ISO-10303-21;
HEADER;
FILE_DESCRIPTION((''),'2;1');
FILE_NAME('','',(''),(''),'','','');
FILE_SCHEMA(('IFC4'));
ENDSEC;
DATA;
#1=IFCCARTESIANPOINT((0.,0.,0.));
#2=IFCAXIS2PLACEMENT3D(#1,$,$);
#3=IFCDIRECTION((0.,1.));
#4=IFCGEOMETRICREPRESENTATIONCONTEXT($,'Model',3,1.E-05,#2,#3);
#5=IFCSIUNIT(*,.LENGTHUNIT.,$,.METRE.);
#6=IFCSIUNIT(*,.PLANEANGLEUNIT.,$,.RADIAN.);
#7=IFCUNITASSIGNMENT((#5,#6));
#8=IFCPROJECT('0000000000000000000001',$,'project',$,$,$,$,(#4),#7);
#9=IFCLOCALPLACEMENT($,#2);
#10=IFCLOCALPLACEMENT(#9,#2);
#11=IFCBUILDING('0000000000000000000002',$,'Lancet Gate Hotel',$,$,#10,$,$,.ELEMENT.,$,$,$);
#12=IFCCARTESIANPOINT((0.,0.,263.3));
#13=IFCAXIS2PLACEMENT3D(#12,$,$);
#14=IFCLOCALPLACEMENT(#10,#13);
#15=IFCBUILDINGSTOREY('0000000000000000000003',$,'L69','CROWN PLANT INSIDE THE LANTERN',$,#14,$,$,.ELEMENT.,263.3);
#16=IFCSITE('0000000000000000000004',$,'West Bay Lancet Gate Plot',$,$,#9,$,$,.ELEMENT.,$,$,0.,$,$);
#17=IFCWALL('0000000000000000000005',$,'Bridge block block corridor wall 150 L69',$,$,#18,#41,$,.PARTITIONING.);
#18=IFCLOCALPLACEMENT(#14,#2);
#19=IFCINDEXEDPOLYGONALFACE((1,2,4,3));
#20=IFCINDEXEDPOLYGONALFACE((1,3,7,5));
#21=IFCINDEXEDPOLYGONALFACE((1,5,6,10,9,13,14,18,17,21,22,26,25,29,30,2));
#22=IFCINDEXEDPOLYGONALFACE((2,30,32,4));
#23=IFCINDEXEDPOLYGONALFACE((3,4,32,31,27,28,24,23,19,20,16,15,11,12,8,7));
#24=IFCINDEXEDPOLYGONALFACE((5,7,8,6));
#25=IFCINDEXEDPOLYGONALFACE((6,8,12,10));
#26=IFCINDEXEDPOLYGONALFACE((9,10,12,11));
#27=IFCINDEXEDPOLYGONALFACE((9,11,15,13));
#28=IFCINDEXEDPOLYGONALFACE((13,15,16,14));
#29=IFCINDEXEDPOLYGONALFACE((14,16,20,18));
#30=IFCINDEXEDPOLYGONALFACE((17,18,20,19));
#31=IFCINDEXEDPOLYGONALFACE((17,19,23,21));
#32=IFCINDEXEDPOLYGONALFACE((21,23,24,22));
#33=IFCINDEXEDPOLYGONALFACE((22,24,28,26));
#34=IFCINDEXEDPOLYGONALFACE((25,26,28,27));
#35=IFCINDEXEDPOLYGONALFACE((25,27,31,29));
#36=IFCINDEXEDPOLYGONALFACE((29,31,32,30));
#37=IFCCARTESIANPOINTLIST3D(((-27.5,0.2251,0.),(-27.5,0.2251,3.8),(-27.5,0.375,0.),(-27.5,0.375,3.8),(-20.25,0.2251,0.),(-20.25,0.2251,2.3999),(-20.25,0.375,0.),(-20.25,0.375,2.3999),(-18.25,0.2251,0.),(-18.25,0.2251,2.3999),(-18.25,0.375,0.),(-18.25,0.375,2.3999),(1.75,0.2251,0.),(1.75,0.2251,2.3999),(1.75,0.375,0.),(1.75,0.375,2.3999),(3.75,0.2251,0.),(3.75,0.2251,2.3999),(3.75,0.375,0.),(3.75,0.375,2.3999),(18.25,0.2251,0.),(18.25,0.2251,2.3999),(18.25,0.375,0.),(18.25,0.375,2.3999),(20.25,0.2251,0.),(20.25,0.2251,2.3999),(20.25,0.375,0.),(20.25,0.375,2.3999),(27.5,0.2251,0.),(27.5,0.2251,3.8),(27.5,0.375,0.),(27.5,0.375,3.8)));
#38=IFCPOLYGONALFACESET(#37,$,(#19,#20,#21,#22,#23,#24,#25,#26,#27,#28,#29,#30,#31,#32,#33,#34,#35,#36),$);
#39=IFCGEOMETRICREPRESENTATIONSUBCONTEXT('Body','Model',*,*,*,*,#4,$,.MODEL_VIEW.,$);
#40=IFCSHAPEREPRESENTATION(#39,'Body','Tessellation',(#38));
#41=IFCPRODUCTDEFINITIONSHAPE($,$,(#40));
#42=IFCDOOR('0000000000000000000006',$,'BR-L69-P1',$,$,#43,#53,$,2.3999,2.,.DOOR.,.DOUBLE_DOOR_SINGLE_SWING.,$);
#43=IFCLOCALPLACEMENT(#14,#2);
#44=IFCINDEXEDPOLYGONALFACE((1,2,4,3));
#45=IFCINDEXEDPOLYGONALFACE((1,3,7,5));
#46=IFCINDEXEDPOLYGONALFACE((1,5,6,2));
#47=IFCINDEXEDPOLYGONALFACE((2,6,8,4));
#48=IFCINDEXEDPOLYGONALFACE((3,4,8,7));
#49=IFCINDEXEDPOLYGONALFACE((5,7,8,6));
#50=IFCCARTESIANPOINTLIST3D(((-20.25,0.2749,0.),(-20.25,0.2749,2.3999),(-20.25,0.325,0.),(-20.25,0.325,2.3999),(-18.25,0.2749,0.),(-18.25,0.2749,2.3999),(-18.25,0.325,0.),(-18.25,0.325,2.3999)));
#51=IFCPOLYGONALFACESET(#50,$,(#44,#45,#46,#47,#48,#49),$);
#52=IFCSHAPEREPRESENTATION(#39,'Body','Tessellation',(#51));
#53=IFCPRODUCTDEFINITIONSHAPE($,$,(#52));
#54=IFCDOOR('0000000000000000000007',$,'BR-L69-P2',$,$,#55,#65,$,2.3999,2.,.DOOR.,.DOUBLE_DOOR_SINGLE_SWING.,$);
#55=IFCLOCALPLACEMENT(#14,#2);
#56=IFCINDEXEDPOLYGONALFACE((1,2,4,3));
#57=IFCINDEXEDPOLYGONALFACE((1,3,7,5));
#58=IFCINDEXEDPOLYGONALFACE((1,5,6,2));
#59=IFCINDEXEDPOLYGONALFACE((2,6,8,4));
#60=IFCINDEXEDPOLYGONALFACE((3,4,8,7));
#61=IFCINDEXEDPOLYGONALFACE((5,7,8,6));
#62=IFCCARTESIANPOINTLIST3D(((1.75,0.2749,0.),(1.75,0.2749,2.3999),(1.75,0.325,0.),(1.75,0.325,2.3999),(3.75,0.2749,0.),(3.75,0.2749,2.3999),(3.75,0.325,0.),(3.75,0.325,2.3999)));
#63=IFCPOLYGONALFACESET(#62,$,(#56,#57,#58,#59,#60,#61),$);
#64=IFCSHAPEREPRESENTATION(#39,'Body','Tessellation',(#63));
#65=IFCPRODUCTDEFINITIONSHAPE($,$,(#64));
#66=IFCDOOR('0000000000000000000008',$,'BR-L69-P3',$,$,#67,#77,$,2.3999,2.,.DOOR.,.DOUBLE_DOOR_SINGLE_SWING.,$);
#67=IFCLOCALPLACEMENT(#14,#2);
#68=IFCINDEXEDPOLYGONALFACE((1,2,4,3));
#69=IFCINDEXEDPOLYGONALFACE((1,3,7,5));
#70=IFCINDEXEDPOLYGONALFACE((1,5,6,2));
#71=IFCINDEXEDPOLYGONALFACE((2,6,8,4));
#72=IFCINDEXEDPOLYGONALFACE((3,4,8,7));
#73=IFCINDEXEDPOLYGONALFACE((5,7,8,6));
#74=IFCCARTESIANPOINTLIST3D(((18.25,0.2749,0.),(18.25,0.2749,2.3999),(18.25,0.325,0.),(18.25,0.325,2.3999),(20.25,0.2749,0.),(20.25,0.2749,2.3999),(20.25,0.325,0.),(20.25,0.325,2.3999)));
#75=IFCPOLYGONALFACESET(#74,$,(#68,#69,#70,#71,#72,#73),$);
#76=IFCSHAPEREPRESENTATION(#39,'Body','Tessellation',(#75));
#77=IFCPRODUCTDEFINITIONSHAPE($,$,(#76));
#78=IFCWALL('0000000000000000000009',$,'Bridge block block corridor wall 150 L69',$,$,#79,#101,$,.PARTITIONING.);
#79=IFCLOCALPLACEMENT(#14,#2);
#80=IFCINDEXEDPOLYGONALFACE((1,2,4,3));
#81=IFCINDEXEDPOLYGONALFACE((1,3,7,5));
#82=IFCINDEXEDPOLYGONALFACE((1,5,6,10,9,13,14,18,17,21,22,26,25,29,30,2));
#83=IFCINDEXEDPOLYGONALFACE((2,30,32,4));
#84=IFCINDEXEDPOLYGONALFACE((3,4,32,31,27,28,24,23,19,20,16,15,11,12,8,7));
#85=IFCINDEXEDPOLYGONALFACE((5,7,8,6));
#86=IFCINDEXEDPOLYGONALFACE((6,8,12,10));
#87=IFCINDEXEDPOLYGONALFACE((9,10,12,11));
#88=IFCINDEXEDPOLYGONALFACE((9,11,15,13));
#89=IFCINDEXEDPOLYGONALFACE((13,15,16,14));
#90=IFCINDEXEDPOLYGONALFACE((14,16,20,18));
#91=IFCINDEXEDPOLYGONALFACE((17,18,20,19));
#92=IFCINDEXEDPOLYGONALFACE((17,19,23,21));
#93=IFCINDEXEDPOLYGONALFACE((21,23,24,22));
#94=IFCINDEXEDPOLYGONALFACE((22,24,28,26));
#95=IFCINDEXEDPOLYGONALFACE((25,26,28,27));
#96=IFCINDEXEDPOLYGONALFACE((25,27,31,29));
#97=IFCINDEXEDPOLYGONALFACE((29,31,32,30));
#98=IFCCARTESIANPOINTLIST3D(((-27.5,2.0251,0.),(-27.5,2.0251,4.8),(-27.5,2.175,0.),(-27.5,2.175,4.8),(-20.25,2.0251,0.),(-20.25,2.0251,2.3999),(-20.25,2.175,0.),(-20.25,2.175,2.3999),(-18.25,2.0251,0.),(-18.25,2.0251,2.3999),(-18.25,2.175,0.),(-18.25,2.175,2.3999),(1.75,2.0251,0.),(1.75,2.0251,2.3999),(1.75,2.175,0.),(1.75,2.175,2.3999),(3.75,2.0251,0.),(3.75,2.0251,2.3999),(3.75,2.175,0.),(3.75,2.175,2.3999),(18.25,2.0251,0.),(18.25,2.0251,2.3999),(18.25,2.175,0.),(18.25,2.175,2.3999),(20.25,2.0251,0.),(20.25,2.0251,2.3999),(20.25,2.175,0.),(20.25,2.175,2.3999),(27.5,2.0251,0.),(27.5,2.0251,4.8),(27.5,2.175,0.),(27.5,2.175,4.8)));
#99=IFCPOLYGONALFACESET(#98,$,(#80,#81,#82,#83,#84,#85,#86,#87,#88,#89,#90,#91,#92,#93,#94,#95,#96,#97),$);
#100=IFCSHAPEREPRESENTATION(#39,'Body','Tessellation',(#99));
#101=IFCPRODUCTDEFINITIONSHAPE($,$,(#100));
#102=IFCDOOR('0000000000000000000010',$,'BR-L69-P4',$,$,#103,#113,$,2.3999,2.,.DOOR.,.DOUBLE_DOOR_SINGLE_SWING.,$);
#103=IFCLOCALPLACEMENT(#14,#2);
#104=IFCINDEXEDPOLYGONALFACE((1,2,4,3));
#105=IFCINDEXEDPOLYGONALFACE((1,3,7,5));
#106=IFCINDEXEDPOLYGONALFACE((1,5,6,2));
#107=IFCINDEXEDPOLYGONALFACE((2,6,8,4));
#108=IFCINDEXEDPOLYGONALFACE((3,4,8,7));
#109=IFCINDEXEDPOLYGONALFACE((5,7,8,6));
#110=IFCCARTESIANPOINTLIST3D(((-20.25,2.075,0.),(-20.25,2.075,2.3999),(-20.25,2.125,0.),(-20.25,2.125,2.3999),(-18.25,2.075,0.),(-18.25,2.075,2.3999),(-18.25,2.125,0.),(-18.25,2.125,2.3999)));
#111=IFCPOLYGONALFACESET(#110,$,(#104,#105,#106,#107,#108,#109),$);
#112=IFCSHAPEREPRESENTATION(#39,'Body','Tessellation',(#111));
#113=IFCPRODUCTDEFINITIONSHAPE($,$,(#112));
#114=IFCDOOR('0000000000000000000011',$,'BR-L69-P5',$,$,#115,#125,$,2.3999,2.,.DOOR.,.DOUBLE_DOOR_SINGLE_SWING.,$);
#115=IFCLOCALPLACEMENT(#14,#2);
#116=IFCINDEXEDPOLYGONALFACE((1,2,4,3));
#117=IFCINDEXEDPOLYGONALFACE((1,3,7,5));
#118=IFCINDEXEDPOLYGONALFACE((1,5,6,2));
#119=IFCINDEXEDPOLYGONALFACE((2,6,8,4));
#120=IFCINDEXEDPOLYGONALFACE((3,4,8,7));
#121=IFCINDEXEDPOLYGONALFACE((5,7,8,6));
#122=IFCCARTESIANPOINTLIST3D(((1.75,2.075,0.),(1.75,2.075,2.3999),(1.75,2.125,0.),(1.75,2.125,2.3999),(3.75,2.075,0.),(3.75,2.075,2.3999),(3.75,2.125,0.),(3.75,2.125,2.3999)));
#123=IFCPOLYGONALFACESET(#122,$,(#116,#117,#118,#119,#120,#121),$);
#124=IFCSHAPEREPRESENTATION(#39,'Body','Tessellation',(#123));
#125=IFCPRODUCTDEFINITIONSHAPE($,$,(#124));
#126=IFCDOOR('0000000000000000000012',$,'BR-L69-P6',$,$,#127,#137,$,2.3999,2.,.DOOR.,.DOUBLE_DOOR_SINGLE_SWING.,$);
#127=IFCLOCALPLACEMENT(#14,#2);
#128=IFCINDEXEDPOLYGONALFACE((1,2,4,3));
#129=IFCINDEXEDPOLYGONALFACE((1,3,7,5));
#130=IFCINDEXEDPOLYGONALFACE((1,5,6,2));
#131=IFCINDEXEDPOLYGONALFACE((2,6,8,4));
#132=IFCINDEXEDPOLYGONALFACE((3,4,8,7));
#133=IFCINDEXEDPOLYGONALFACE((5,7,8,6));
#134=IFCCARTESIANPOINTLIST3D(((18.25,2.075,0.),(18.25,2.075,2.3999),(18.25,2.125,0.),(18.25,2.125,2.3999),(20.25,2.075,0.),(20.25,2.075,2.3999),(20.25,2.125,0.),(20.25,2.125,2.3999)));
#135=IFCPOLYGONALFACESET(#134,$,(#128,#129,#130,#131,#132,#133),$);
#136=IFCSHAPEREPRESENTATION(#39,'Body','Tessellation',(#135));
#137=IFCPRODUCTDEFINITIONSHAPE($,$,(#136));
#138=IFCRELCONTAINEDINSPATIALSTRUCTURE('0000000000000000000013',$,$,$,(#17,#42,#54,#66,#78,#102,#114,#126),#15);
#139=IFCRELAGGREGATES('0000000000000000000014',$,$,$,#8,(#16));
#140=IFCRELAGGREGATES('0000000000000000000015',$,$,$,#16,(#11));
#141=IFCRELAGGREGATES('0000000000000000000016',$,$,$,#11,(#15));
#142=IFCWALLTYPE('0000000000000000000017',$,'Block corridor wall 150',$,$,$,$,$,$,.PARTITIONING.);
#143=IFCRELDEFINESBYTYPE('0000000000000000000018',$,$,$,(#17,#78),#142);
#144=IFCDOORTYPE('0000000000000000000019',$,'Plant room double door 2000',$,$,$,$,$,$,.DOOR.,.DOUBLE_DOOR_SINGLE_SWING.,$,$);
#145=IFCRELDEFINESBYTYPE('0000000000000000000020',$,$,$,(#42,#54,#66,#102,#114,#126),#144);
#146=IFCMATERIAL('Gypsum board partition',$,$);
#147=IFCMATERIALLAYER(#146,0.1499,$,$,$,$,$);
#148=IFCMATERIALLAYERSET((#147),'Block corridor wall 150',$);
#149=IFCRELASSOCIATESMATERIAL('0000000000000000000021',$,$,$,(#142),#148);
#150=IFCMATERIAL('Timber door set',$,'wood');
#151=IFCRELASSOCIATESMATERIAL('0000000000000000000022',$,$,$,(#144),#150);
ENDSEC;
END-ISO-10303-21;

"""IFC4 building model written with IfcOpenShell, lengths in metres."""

from ifc_helpers import new_model, si_unit, direction, frame, frame_2d, origin, place, context, subcontext, project, spatial, rectangle, extrude, material, layer, layer_set, type_object, element, fill, save


model = new_model("IFC4")

# Units and contexts
model_context = context("Model", 3, precision=1e-05, world=origin(), true_north=direction((0.0, 1.0)))
body_context = subcontext(model_context, "Body", "Model", "MODEL_VIEW")
ifc_project = project(units=[si_unit("LENGTHUNIT", "METRE"), si_unit("PLANEANGLEUNIT", "RADIAN")], contexts=[model_context])

# Site, building, storey
site_placement = place(None, origin())
site = spatial("IfcSite", under=ifc_project, at=site_placement, Name="West Bay Lancet Gate Plot", CompositionType="ELEMENT", RefElevation=0.0)
building_placement = place(site_placement, origin())
building = spatial("IfcBuilding", under=site, at=building_placement, Name="Lancet Gate Hotel", CompositionType="ELEMENT")
storey_placement = place(building_placement, frame((0.0, 0.0, 263.3)))
storey = spatial("IfcBuildingStorey", under=building, at=storey_placement, Name="L69", Description="CROWN PLANT INSIDE THE LANTERN", CompositionType="ELEMENT", Elevation=263.3)

# Walls, openings, doors
ifc_material_1 = material(Name="Gypsum board partition")
ifc_layer_1 = layer(ifc_material_1, 0.1499)
ifc_layer_set_1 = layer_set([ifc_layer_1], Name="Block corridor wall 150")
wall_type_1 = type_object("IfcWallType", Name="Block corridor wall 150", PredefinedType="PARTITIONING", material=ifc_layer_set_1)
wall_1_placement = place(storey_placement, frame((-27.5, 0.3, 0.0), z_axis=(0.0, 0.0, 1.0), x_axis=(1.0, 0.0, 0.0)))
wall_1 = element("IfcWall", 1, at=wall_1_placement, inside=storey, type_object=wall_type_1, Name="Bridge block block corridor wall 150 L69", PredefinedType="PARTITIONING", context=body_context, shape_type="SweptSolid", body=[
    extrude(rectangle(XDim=55.0, YDim=0.1499, at=frame_2d((27.5, 0.0))), origin(), (0.0, 0.0, 1.0), 3.8),
])
opening_1_placement = place(wall_1_placement, frame((7.25, 0.0, 0.0)))
opening_1 = element("IfcOpeningElement", 2, at=opening_1_placement, cuts=wall_1, PredefinedType="OPENING", context=body_context, shape_type="SweptSolid", body=[
    extrude(rectangle(XDim=2.0, YDim=2.3999, at=frame_2d((1.0, 1.2))), frame((0.0, 0.085, 0.0), z_axis=(0.0, -1.0, 0.0), x_axis=(1.0, 0.0, 0.0)), (0.0, 0.0, 1.0), 0.1699),
])
opening_2_placement = place(wall_1_placement, frame((29.25, 0.0, 0.0)))
opening_2 = element("IfcOpeningElement", 3, at=opening_2_placement, cuts=wall_1, PredefinedType="OPENING", context=body_context, shape_type="SweptSolid", body=[
    extrude(rectangle(XDim=2.0, YDim=2.3999, at=frame_2d((1.0, 1.2))), frame((0.0, 0.085, 0.0), z_axis=(0.0, -1.0, 0.0), x_axis=(1.0, 0.0, 0.0)), (0.0, 0.0, 1.0), 0.1699),
])
opening_3_placement = place(wall_1_placement, frame((45.75, 0.0, 0.0)))
opening_3 = element("IfcOpeningElement", 4, at=opening_3_placement, cuts=wall_1, PredefinedType="OPENING", context=body_context, shape_type="SweptSolid", body=[
    extrude(rectangle(XDim=2.0, YDim=2.3999, at=frame_2d((1.0, 1.2))), frame((0.0, 0.085, 0.0), z_axis=(0.0, -1.0, 0.0), x_axis=(1.0, 0.0, 0.0)), (0.0, 0.0, 1.0), 0.1699),
])
ifc_material_2 = material(Name="Timber door set", Category="wood")
door_type_1 = type_object("IfcDoorType", Name="Plant room double door 2000", OperationType="DOUBLE_DOOR_SINGLE_SWING", PredefinedType="DOOR", material=ifc_material_2)
door_1_placement = place(opening_1_placement, origin())
door_1 = element("IfcDoor", 5, at=door_1_placement, inside=storey, type_object=door_type_1, Name="BR-L69-P1", OperationType="DOUBLE_DOOR_SINGLE_SWING", OverallHeight=2.3999, OverallWidth=2.0, PredefinedType="DOOR", context=body_context, shape_type="SweptSolid", body=[
    extrude(rectangle(XDim=2.0, YDim=2.3999, at=frame_2d((1.0, 1.2))), frame((0.0, 0.0249, 0.0), z_axis=(0.0, -1.0, 0.0), x_axis=(1.0, 0.0, 0.0)), (0.0, 0.0, 1.0), 0.05),
])
fill(opening_1, door_1)
door_2_placement = place(opening_2_placement, origin())
door_2 = element("IfcDoor", 6, at=door_2_placement, inside=storey, type_object=door_type_1, Name="BR-L69-P2", OperationType="DOUBLE_DOOR_SINGLE_SWING", OverallHeight=2.3999, OverallWidth=2.0, PredefinedType="DOOR", context=body_context, shape_type="SweptSolid", body=[
    extrude(rectangle(XDim=2.0, YDim=2.3999, at=frame_2d((1.0, 1.2))), frame((0.0, 0.0249, 0.0), z_axis=(0.0, -1.0, 0.0), x_axis=(1.0, 0.0, 0.0)), (0.0, 0.0, 1.0), 0.05),
])
fill(opening_2, door_2)
door_3_placement = place(opening_3_placement, origin())
door_3 = element("IfcDoor", 7, at=door_3_placement, inside=storey, type_object=door_type_1, Name="BR-L69-P3", OperationType="DOUBLE_DOOR_SINGLE_SWING", OverallHeight=2.3999, OverallWidth=2.0, PredefinedType="DOOR", context=body_context, shape_type="SweptSolid", body=[
    extrude(rectangle(XDim=2.0, YDim=2.3999, at=frame_2d((1.0, 1.2))), frame((0.0, 0.0249, 0.0), z_axis=(0.0, -1.0, 0.0), x_axis=(1.0, 0.0, 0.0)), (0.0, 0.0, 1.0), 0.05),
])
fill(opening_3, door_3)
wall_2_placement = place(storey_placement, frame((-27.5, 2.1001, 0.0), z_axis=(0.0, 0.0, 1.0), x_axis=(1.0, 0.0, 0.0)))
wall_2 = element("IfcWall", 8, at=wall_2_placement, inside=storey, type_object=wall_type_1, Name="Bridge block block corridor wall 150 L69", PredefinedType="PARTITIONING", context=body_context, shape_type="SweptSolid", body=[
    extrude(rectangle(XDim=55.0, YDim=0.1499, at=frame_2d((27.5, 0.0))), origin(), (0.0, 0.0, 1.0), 4.8),
])
opening_4_placement = place(wall_2_placement, frame((7.25, 0.0, 0.0)))
opening_4 = element("IfcOpeningElement", 9, at=opening_4_placement, cuts=wall_2, PredefinedType="OPENING", context=body_context, shape_type="SweptSolid", body=[
    extrude(rectangle(XDim=2.0, YDim=2.3999, at=frame_2d((1.0, 1.2))), frame((0.0, 0.085, 0.0), z_axis=(0.0, -1.0, 0.0), x_axis=(1.0, 0.0, 0.0)), (0.0, 0.0, 1.0), 0.1699),
])
opening_5_placement = place(wall_2_placement, frame((29.25, 0.0, 0.0)))
opening_5 = element("IfcOpeningElement", 10, at=opening_5_placement, cuts=wall_2, PredefinedType="OPENING", context=body_context, shape_type="SweptSolid", body=[
    extrude(rectangle(XDim=2.0, YDim=2.3999, at=frame_2d((1.0, 1.2))), frame((0.0, 0.085, 0.0), z_axis=(0.0, -1.0, 0.0), x_axis=(1.0, 0.0, 0.0)), (0.0, 0.0, 1.0), 0.1699),
])
opening_6_placement = place(wall_2_placement, frame((45.75, 0.0, 0.0)))
opening_6 = element("IfcOpeningElement", 11, at=opening_6_placement, cuts=wall_2, PredefinedType="OPENING", context=body_context, shape_type="SweptSolid", body=[
    extrude(rectangle(XDim=2.0, YDim=2.3999, at=frame_2d((1.0, 1.2))), frame((0.0, 0.085, 0.0), z_axis=(0.0, -1.0, 0.0), x_axis=(1.0, 0.0, 0.0)), (0.0, 0.0, 1.0), 0.1699),
])
door_4_placement = place(opening_4_placement, origin())
door_4 = element("IfcDoor", 12, at=door_4_placement, inside=storey, type_object=door_type_1, Name="BR-L69-P4", OperationType="DOUBLE_DOOR_SINGLE_SWING", OverallHeight=2.3999, OverallWidth=2.0, PredefinedType="DOOR", context=body_context, shape_type="SweptSolid", body=[
    extrude(rectangle(XDim=2.0, YDim=2.3999, at=frame_2d((1.0, 1.2))), frame((0.0, 0.0249, 0.0), z_axis=(0.0, -1.0, 0.0), x_axis=(1.0, 0.0, 0.0)), (0.0, 0.0, 1.0), 0.05),
])
fill(opening_4, door_4)
door_5_placement = place(opening_5_placement, origin())
door_5 = element("IfcDoor", 13, at=door_5_placement, inside=storey, type_object=door_type_1, Name="BR-L69-P5", OperationType="DOUBLE_DOOR_SINGLE_SWING", OverallHeight=2.3999, OverallWidth=2.0, PredefinedType="DOOR", context=body_context, shape_type="SweptSolid", body=[
    extrude(rectangle(XDim=2.0, YDim=2.3999, at=frame_2d((1.0, 1.2))), frame((0.0, 0.0249, 0.0), z_axis=(0.0, -1.0, 0.0), x_axis=(1.0, 0.0, 0.0)), (0.0, 0.0, 1.0), 0.05),
])
fill(opening_5, door_5)
door_6_placement = place(opening_6_placement, origin())
door_6 = element("IfcDoor", 14, at=door_6_placement, inside=storey, type_object=door_type_1, Name="BR-L69-P6", OperationType="DOUBLE_DOOR_SINGLE_SWING", OverallHeight=2.3999, OverallWidth=2.0, PredefinedType="DOOR", context=body_context, shape_type="SweptSolid", body=[
    extrude(rectangle(XDim=2.0, YDim=2.3999, at=frame_2d((1.0, 1.2))), frame((0.0, 0.0249, 0.0), z_axis=(0.0, -1.0, 0.0), x_axis=(1.0, 0.0, 0.0)), (0.0, 0.0, 1.0), 0.05),
])
fill(opening_6, door_6)

save(model, "model.ifc")
